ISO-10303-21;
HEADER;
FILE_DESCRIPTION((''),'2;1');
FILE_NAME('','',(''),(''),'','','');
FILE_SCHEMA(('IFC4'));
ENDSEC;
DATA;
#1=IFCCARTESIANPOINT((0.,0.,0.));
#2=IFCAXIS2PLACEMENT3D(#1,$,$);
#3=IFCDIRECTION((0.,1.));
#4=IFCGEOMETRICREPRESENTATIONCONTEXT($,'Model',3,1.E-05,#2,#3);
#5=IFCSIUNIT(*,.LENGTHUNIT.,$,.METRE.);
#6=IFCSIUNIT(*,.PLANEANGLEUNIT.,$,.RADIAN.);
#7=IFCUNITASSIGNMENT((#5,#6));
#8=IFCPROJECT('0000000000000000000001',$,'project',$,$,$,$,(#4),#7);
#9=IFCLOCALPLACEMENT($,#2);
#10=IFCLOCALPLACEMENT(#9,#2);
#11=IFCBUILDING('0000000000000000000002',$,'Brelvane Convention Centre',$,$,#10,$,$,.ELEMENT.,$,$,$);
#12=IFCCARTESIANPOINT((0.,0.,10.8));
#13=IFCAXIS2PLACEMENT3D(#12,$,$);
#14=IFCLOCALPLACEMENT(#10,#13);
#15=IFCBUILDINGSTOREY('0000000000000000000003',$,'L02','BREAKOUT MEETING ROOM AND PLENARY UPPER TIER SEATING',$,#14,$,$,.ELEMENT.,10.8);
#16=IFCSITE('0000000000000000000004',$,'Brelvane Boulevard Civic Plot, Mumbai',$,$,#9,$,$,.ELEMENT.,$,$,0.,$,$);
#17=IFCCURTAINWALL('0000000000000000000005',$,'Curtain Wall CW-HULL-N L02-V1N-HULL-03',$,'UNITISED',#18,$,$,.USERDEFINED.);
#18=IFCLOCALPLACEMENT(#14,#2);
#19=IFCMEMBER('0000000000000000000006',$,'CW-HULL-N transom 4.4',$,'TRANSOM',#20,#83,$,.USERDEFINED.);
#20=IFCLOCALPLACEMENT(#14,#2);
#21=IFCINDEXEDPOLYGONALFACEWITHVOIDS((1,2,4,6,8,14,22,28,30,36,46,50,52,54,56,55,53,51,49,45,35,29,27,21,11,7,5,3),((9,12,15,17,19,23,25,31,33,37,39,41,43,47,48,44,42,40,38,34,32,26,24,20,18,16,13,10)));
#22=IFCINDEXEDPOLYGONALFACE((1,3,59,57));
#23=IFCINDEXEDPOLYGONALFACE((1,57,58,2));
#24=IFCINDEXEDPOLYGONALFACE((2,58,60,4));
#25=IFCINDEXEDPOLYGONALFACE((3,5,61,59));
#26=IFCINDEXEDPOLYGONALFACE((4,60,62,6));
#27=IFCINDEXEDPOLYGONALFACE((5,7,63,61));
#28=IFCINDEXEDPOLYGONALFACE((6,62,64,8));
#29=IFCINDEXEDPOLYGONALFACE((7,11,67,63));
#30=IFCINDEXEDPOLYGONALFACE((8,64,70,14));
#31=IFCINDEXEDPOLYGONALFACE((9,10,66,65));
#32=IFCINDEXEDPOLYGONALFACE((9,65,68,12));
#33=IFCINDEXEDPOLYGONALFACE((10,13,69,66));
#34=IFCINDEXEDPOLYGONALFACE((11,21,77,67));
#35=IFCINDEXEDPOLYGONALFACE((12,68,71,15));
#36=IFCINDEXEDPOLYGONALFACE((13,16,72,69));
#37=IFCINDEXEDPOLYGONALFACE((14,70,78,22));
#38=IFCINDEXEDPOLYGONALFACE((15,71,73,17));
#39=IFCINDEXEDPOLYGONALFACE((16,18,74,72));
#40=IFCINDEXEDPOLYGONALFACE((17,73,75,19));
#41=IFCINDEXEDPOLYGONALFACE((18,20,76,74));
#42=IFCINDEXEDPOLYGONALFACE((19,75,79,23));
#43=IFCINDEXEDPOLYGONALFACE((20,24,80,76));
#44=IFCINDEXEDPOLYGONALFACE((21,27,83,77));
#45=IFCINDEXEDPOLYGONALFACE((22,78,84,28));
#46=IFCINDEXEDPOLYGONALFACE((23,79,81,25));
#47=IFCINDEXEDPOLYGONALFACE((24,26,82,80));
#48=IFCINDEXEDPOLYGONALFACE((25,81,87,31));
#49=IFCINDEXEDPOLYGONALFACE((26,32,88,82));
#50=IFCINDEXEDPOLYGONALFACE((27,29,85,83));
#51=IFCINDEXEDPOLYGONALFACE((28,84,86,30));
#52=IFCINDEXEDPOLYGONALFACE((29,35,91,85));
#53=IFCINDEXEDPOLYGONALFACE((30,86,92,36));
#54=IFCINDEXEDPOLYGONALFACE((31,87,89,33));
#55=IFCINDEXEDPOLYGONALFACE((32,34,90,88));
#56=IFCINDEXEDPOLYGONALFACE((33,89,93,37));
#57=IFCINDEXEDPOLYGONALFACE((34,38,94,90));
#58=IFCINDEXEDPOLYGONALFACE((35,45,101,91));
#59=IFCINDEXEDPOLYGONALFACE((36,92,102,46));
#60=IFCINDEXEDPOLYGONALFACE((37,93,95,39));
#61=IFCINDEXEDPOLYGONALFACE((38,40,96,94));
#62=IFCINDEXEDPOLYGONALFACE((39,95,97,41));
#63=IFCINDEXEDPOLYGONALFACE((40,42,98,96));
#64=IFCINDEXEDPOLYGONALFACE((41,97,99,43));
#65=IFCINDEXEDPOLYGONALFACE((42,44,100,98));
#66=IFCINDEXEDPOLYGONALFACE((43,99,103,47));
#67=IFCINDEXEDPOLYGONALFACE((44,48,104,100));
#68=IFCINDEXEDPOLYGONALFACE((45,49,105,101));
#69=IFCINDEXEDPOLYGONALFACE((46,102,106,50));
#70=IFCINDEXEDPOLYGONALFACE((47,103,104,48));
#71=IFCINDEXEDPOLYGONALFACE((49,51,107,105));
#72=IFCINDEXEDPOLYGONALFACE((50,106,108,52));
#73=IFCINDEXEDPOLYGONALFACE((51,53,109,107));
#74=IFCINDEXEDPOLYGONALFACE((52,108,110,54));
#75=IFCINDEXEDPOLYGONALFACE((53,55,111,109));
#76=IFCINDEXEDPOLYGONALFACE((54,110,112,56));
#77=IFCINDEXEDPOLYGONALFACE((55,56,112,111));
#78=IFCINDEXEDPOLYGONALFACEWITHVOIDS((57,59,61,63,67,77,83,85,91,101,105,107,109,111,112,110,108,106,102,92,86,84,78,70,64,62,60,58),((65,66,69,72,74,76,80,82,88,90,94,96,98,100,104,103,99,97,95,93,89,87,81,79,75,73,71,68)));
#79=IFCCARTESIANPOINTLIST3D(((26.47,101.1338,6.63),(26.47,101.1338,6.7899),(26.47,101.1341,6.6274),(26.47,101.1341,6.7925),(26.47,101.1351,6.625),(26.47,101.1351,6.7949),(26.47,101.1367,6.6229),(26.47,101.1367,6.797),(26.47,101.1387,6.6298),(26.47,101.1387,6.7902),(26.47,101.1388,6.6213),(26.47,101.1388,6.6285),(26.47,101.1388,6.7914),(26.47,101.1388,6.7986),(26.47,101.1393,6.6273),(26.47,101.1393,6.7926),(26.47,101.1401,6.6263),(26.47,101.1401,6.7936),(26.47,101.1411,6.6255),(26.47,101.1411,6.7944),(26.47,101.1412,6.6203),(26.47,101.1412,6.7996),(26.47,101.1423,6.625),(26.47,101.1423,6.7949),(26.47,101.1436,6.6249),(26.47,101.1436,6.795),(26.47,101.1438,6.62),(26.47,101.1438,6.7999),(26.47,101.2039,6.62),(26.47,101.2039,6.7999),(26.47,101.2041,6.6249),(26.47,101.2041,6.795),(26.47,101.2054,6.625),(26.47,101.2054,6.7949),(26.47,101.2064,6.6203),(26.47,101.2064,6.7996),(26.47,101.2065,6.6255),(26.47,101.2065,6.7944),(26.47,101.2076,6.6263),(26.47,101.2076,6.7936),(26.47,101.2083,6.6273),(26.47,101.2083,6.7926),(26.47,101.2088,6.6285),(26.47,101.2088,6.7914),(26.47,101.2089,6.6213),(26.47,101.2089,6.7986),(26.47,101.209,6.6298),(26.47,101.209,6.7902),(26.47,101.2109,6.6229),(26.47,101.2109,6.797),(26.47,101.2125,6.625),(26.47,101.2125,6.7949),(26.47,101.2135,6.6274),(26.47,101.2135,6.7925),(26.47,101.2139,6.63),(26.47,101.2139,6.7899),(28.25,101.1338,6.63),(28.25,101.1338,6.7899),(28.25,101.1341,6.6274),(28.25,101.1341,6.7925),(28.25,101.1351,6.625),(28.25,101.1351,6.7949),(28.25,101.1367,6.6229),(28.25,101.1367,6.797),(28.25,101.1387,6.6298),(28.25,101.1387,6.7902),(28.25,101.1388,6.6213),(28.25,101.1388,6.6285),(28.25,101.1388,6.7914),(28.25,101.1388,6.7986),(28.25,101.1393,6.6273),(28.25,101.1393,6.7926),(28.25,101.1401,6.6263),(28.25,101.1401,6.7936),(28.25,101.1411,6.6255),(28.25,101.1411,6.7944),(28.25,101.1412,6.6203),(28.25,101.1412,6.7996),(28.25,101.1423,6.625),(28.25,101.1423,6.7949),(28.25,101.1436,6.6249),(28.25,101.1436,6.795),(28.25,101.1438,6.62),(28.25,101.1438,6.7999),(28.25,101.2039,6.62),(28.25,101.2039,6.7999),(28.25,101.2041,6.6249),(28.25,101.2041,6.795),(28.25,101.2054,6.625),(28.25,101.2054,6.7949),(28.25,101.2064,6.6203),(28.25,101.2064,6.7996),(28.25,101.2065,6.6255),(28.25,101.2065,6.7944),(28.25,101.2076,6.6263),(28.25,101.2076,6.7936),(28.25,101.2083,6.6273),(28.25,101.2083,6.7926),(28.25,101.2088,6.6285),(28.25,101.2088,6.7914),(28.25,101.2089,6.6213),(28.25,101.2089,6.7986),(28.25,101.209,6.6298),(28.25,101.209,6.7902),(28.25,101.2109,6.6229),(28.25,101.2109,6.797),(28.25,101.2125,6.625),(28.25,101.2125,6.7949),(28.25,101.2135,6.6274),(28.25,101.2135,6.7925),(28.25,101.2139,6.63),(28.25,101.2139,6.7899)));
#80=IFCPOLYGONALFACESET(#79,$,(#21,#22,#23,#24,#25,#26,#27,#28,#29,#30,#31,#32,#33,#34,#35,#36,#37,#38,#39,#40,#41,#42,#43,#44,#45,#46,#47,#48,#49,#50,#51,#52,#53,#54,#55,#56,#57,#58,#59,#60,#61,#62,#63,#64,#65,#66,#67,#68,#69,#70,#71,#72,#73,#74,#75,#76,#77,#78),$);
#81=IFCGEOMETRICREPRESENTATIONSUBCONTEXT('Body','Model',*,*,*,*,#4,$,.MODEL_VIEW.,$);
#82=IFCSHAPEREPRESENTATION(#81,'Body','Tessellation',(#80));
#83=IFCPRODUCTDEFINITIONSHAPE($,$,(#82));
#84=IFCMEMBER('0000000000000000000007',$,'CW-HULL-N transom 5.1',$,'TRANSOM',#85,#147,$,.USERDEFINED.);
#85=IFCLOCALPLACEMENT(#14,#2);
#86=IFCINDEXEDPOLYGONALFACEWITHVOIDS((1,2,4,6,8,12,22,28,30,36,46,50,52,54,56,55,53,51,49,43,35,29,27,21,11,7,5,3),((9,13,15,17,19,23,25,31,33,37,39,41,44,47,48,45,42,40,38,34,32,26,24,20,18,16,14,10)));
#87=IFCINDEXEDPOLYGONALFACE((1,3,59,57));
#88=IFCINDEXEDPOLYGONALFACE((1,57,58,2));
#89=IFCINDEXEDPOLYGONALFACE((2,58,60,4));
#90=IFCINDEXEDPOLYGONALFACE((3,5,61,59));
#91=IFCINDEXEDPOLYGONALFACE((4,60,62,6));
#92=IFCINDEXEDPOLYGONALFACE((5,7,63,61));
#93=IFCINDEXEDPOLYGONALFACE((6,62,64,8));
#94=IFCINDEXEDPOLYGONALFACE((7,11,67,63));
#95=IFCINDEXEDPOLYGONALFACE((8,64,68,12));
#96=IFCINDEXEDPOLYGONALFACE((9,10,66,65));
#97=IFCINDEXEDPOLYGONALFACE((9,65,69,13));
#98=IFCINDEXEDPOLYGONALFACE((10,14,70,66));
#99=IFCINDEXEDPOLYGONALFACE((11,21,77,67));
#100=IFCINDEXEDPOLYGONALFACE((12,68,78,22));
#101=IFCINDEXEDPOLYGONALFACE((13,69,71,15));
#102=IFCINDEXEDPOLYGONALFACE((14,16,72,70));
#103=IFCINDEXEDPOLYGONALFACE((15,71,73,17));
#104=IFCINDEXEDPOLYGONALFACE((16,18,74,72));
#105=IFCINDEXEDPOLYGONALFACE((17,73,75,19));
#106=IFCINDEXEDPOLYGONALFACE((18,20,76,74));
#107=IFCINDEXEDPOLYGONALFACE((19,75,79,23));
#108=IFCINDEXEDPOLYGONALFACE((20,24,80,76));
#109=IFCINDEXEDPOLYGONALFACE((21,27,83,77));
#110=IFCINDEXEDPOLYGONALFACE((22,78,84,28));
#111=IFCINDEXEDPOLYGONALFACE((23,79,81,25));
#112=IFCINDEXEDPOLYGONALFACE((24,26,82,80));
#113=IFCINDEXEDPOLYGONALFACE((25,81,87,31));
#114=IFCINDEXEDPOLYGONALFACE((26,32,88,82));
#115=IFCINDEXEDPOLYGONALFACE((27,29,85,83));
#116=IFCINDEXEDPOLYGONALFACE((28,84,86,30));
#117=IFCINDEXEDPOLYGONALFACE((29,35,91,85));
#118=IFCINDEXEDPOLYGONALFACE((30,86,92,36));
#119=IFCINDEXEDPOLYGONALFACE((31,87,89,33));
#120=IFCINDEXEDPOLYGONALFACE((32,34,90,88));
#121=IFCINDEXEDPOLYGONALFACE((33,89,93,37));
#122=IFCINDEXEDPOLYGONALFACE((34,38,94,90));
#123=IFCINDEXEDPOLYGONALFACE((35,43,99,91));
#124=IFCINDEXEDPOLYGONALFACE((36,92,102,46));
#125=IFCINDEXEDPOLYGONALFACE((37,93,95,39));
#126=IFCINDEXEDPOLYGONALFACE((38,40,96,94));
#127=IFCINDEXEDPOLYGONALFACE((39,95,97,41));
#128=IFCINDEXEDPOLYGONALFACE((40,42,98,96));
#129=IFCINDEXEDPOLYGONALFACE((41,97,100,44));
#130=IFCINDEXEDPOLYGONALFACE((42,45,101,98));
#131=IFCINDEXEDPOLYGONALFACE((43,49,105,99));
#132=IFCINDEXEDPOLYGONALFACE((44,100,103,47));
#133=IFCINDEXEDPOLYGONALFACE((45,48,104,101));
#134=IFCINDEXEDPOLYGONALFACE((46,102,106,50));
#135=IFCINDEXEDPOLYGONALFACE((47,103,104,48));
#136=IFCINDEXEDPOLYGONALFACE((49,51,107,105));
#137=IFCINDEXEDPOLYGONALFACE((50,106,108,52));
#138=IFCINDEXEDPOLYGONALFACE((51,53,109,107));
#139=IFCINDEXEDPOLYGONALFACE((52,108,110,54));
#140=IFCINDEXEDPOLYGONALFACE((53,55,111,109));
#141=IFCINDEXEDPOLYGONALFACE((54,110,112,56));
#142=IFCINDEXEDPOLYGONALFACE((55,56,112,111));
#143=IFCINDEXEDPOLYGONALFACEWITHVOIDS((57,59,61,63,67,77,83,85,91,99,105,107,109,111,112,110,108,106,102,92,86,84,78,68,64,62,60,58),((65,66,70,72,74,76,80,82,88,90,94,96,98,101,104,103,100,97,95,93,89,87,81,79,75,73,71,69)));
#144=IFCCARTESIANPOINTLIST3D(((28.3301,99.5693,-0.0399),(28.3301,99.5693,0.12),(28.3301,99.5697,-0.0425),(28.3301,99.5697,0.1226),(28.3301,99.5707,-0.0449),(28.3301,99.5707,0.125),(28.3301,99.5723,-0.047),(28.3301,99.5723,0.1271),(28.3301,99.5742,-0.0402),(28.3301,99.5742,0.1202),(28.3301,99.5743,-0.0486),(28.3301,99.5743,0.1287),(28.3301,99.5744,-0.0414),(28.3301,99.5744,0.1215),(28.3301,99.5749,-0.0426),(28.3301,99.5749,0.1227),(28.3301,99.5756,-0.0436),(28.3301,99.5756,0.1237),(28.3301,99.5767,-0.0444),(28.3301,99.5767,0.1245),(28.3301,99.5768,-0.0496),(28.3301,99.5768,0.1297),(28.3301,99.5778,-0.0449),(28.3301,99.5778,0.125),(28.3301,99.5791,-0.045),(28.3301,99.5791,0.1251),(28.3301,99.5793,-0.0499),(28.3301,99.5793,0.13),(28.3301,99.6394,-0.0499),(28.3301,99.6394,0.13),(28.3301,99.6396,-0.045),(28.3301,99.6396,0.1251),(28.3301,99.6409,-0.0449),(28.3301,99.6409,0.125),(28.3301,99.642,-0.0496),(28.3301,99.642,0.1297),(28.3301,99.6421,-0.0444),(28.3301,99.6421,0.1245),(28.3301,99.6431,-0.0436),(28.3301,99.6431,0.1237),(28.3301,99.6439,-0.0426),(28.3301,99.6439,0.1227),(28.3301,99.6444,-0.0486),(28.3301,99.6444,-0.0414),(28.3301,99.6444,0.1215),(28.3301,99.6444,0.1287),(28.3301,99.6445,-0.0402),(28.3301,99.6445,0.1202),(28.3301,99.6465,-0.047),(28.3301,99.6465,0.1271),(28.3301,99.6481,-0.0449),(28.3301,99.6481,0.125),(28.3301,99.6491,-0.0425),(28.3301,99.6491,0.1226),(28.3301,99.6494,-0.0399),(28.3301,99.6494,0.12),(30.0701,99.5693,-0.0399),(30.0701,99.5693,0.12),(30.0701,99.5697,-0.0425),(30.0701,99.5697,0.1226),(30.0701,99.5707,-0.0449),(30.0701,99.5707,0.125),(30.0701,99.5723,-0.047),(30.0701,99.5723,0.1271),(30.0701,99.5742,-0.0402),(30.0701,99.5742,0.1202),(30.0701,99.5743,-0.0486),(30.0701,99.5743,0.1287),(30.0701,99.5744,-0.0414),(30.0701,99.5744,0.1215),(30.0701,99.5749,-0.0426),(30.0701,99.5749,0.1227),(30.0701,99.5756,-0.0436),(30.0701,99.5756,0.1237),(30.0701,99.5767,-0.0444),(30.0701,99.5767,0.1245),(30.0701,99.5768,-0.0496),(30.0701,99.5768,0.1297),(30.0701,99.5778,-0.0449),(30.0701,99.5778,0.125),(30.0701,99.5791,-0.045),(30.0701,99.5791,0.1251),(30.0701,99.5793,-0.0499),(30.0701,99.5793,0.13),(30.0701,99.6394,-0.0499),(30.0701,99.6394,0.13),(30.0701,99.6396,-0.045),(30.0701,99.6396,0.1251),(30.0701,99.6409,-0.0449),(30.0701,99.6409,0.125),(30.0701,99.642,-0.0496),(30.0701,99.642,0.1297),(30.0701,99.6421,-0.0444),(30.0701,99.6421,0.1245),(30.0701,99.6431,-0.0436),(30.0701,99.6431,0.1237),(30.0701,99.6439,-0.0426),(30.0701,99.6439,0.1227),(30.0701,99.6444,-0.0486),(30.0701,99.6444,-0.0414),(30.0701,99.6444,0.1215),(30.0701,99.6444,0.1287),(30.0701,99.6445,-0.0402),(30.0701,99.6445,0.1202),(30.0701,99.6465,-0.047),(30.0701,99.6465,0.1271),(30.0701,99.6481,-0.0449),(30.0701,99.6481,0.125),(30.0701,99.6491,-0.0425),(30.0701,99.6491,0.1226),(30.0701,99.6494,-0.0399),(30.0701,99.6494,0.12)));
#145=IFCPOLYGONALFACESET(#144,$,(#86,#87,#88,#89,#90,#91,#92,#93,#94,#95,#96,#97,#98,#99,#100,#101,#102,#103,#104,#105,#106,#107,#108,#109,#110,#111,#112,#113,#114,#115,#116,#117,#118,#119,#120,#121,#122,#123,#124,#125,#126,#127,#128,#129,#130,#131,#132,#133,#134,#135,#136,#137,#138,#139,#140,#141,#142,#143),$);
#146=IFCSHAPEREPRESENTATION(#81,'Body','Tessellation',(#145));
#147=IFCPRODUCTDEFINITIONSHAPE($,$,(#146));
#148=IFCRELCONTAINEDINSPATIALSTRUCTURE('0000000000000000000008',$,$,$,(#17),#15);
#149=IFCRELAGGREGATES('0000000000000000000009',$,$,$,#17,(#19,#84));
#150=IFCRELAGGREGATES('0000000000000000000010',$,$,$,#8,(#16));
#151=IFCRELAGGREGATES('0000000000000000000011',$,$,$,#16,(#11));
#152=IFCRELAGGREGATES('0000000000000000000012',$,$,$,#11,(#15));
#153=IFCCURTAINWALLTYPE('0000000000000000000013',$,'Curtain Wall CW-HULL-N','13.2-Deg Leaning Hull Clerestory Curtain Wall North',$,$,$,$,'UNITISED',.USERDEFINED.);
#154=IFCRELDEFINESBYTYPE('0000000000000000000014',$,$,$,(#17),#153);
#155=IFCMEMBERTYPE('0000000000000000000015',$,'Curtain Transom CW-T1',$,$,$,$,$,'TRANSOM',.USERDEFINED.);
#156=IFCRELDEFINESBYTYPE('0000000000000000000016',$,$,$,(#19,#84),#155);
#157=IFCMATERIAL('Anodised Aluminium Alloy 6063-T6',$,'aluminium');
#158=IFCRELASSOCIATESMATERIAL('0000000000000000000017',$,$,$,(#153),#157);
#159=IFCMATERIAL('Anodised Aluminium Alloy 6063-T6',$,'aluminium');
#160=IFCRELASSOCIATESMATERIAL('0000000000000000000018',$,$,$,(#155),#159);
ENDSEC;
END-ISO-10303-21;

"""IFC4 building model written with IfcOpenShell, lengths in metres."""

from ifc_helpers import new_model, si_unit, direction, frame, origin, origin_2d, place, context, subcontext, project, spatial, hollow_rectangle, extrude, material, material_profile, profile_set, type_object, element, aggregate, save


model = new_model("IFC4")

# Units and contexts
model_context = context("Model", 3, precision=1e-05, world=origin(), true_north=direction((0.0, 1.0)))
body_context = subcontext(model_context, "Body", "Model", "MODEL_VIEW")
ifc_project = project(units=[si_unit("LENGTHUNIT", "METRE"), si_unit("PLANEANGLEUNIT", "RADIAN")], contexts=[model_context])

# Site, building, storey
site_placement = place(None, origin())
site = spatial("IfcSite", under=ifc_project, at=site_placement, Name="Brelvane Boulevard Civic Plot, Mumbai", CompositionType="ELEMENT", RefElevation=0.0)
building_placement = place(site_placement, origin())
building = spatial("IfcBuilding", under=site, at=building_placement, Name="Brelvane Convention Centre", CompositionType="ELEMENT")
storey_placement = place(building_placement, frame((0.0, 0.0, 10.8)))
storey = spatial("IfcBuildingStorey", under=building, at=storey_placement, Name="L02", Description="BREAKOUT MEETING ROOM AND PLENARY UPPER TIER SEATING", CompositionType="ELEMENT", Elevation=10.8)

# Curtain wall
ifc_material_1 = material(Name="Anodised Aluminium Alloy 6063-T6", Category="aluminium")
curtain_wall_type_1 = type_object("IfcCurtainWallType", Name="Curtain Wall CW-HULL-N", Description="13.2-Deg Leaning Hull Clerestory Curtain Wall North", ElementType="UNITISED", PredefinedType="USERDEFINED", material=ifc_material_1)
curtain_wall_1_placement = place(storey_placement, origin())
curtain_wall_1 = element("IfcCurtainWall", 1, at=curtain_wall_1_placement, inside=storey, type_object=curtain_wall_type_1, Name="Curtain Wall CW-HULL-N L02-V1N-HULL-03", ObjectType="UNITISED", PredefinedType="USERDEFINED")

# Members
ifc_material_2 = material(Name="Anodised Aluminium Alloy 6063-T6", Category="aluminium")
ifc_material_profile_1 = material_profile(ifc_material_2, hollow_rectangle(XDim=0.0801, YDim=0.1799, WallThickness=0.0049, InnerFilletRadius=0.0049, OuterFilletRadius=0.01, at=origin_2d()), Name="ALU-T 180x80x5.0")
ifc_profile_set_1 = profile_set([ifc_material_profile_1], Name="Anodised Aluminium Alloy 6063-T6")
member_type_1 = type_object("IfcMemberType", Name="Curtain Transom CW-T1", ElementType="TRANSOM", PredefinedType="USERDEFINED", material=ifc_profile_set_1)
member_1_placement = place(storey_placement, frame((26.47, 101.1738, 6.71), z_axis=(1.0, 0.0, 0.0), x_axis=(0.0, 1.0, 0.0)))
member_1 = element("IfcMember", 2, at=member_1_placement, type_object=member_type_1, Name="CW-HULL-N transom 4.4", ObjectType="TRANSOM", PredefinedType="USERDEFINED", context=body_context, shape_type="SweptSolid", body=[
    extrude(hollow_rectangle(XDim=0.0801, YDim=0.1799, WallThickness=0.0049, InnerFilletRadius=0.0049, OuterFilletRadius=0.01, at=origin_2d()), origin(), (0.0, 0.0, 1.0), 1.78),
])
member_2_placement = place(storey_placement, frame((28.3301, 99.6094, 0.04), z_axis=(1.0, 0.0, 0.0), x_axis=(0.0, 1.0, 0.0)))
member_2 = element("IfcMember", 3, at=member_2_placement, type_object=member_type_1, Name="CW-HULL-N transom 5.1", ObjectType="TRANSOM", PredefinedType="USERDEFINED", context=body_context, shape_type="SweptSolid", body=[
    extrude(hollow_rectangle(XDim=0.0801, YDim=0.1799, WallThickness=0.0049, InnerFilletRadius=0.0049, OuterFilletRadius=0.01, at=origin_2d()), origin(), (0.0, 0.0, 1.0), 1.74),
])

aggregate(curtain_wall_1, [member_1, member_2])

save(model, "model.ifc")
